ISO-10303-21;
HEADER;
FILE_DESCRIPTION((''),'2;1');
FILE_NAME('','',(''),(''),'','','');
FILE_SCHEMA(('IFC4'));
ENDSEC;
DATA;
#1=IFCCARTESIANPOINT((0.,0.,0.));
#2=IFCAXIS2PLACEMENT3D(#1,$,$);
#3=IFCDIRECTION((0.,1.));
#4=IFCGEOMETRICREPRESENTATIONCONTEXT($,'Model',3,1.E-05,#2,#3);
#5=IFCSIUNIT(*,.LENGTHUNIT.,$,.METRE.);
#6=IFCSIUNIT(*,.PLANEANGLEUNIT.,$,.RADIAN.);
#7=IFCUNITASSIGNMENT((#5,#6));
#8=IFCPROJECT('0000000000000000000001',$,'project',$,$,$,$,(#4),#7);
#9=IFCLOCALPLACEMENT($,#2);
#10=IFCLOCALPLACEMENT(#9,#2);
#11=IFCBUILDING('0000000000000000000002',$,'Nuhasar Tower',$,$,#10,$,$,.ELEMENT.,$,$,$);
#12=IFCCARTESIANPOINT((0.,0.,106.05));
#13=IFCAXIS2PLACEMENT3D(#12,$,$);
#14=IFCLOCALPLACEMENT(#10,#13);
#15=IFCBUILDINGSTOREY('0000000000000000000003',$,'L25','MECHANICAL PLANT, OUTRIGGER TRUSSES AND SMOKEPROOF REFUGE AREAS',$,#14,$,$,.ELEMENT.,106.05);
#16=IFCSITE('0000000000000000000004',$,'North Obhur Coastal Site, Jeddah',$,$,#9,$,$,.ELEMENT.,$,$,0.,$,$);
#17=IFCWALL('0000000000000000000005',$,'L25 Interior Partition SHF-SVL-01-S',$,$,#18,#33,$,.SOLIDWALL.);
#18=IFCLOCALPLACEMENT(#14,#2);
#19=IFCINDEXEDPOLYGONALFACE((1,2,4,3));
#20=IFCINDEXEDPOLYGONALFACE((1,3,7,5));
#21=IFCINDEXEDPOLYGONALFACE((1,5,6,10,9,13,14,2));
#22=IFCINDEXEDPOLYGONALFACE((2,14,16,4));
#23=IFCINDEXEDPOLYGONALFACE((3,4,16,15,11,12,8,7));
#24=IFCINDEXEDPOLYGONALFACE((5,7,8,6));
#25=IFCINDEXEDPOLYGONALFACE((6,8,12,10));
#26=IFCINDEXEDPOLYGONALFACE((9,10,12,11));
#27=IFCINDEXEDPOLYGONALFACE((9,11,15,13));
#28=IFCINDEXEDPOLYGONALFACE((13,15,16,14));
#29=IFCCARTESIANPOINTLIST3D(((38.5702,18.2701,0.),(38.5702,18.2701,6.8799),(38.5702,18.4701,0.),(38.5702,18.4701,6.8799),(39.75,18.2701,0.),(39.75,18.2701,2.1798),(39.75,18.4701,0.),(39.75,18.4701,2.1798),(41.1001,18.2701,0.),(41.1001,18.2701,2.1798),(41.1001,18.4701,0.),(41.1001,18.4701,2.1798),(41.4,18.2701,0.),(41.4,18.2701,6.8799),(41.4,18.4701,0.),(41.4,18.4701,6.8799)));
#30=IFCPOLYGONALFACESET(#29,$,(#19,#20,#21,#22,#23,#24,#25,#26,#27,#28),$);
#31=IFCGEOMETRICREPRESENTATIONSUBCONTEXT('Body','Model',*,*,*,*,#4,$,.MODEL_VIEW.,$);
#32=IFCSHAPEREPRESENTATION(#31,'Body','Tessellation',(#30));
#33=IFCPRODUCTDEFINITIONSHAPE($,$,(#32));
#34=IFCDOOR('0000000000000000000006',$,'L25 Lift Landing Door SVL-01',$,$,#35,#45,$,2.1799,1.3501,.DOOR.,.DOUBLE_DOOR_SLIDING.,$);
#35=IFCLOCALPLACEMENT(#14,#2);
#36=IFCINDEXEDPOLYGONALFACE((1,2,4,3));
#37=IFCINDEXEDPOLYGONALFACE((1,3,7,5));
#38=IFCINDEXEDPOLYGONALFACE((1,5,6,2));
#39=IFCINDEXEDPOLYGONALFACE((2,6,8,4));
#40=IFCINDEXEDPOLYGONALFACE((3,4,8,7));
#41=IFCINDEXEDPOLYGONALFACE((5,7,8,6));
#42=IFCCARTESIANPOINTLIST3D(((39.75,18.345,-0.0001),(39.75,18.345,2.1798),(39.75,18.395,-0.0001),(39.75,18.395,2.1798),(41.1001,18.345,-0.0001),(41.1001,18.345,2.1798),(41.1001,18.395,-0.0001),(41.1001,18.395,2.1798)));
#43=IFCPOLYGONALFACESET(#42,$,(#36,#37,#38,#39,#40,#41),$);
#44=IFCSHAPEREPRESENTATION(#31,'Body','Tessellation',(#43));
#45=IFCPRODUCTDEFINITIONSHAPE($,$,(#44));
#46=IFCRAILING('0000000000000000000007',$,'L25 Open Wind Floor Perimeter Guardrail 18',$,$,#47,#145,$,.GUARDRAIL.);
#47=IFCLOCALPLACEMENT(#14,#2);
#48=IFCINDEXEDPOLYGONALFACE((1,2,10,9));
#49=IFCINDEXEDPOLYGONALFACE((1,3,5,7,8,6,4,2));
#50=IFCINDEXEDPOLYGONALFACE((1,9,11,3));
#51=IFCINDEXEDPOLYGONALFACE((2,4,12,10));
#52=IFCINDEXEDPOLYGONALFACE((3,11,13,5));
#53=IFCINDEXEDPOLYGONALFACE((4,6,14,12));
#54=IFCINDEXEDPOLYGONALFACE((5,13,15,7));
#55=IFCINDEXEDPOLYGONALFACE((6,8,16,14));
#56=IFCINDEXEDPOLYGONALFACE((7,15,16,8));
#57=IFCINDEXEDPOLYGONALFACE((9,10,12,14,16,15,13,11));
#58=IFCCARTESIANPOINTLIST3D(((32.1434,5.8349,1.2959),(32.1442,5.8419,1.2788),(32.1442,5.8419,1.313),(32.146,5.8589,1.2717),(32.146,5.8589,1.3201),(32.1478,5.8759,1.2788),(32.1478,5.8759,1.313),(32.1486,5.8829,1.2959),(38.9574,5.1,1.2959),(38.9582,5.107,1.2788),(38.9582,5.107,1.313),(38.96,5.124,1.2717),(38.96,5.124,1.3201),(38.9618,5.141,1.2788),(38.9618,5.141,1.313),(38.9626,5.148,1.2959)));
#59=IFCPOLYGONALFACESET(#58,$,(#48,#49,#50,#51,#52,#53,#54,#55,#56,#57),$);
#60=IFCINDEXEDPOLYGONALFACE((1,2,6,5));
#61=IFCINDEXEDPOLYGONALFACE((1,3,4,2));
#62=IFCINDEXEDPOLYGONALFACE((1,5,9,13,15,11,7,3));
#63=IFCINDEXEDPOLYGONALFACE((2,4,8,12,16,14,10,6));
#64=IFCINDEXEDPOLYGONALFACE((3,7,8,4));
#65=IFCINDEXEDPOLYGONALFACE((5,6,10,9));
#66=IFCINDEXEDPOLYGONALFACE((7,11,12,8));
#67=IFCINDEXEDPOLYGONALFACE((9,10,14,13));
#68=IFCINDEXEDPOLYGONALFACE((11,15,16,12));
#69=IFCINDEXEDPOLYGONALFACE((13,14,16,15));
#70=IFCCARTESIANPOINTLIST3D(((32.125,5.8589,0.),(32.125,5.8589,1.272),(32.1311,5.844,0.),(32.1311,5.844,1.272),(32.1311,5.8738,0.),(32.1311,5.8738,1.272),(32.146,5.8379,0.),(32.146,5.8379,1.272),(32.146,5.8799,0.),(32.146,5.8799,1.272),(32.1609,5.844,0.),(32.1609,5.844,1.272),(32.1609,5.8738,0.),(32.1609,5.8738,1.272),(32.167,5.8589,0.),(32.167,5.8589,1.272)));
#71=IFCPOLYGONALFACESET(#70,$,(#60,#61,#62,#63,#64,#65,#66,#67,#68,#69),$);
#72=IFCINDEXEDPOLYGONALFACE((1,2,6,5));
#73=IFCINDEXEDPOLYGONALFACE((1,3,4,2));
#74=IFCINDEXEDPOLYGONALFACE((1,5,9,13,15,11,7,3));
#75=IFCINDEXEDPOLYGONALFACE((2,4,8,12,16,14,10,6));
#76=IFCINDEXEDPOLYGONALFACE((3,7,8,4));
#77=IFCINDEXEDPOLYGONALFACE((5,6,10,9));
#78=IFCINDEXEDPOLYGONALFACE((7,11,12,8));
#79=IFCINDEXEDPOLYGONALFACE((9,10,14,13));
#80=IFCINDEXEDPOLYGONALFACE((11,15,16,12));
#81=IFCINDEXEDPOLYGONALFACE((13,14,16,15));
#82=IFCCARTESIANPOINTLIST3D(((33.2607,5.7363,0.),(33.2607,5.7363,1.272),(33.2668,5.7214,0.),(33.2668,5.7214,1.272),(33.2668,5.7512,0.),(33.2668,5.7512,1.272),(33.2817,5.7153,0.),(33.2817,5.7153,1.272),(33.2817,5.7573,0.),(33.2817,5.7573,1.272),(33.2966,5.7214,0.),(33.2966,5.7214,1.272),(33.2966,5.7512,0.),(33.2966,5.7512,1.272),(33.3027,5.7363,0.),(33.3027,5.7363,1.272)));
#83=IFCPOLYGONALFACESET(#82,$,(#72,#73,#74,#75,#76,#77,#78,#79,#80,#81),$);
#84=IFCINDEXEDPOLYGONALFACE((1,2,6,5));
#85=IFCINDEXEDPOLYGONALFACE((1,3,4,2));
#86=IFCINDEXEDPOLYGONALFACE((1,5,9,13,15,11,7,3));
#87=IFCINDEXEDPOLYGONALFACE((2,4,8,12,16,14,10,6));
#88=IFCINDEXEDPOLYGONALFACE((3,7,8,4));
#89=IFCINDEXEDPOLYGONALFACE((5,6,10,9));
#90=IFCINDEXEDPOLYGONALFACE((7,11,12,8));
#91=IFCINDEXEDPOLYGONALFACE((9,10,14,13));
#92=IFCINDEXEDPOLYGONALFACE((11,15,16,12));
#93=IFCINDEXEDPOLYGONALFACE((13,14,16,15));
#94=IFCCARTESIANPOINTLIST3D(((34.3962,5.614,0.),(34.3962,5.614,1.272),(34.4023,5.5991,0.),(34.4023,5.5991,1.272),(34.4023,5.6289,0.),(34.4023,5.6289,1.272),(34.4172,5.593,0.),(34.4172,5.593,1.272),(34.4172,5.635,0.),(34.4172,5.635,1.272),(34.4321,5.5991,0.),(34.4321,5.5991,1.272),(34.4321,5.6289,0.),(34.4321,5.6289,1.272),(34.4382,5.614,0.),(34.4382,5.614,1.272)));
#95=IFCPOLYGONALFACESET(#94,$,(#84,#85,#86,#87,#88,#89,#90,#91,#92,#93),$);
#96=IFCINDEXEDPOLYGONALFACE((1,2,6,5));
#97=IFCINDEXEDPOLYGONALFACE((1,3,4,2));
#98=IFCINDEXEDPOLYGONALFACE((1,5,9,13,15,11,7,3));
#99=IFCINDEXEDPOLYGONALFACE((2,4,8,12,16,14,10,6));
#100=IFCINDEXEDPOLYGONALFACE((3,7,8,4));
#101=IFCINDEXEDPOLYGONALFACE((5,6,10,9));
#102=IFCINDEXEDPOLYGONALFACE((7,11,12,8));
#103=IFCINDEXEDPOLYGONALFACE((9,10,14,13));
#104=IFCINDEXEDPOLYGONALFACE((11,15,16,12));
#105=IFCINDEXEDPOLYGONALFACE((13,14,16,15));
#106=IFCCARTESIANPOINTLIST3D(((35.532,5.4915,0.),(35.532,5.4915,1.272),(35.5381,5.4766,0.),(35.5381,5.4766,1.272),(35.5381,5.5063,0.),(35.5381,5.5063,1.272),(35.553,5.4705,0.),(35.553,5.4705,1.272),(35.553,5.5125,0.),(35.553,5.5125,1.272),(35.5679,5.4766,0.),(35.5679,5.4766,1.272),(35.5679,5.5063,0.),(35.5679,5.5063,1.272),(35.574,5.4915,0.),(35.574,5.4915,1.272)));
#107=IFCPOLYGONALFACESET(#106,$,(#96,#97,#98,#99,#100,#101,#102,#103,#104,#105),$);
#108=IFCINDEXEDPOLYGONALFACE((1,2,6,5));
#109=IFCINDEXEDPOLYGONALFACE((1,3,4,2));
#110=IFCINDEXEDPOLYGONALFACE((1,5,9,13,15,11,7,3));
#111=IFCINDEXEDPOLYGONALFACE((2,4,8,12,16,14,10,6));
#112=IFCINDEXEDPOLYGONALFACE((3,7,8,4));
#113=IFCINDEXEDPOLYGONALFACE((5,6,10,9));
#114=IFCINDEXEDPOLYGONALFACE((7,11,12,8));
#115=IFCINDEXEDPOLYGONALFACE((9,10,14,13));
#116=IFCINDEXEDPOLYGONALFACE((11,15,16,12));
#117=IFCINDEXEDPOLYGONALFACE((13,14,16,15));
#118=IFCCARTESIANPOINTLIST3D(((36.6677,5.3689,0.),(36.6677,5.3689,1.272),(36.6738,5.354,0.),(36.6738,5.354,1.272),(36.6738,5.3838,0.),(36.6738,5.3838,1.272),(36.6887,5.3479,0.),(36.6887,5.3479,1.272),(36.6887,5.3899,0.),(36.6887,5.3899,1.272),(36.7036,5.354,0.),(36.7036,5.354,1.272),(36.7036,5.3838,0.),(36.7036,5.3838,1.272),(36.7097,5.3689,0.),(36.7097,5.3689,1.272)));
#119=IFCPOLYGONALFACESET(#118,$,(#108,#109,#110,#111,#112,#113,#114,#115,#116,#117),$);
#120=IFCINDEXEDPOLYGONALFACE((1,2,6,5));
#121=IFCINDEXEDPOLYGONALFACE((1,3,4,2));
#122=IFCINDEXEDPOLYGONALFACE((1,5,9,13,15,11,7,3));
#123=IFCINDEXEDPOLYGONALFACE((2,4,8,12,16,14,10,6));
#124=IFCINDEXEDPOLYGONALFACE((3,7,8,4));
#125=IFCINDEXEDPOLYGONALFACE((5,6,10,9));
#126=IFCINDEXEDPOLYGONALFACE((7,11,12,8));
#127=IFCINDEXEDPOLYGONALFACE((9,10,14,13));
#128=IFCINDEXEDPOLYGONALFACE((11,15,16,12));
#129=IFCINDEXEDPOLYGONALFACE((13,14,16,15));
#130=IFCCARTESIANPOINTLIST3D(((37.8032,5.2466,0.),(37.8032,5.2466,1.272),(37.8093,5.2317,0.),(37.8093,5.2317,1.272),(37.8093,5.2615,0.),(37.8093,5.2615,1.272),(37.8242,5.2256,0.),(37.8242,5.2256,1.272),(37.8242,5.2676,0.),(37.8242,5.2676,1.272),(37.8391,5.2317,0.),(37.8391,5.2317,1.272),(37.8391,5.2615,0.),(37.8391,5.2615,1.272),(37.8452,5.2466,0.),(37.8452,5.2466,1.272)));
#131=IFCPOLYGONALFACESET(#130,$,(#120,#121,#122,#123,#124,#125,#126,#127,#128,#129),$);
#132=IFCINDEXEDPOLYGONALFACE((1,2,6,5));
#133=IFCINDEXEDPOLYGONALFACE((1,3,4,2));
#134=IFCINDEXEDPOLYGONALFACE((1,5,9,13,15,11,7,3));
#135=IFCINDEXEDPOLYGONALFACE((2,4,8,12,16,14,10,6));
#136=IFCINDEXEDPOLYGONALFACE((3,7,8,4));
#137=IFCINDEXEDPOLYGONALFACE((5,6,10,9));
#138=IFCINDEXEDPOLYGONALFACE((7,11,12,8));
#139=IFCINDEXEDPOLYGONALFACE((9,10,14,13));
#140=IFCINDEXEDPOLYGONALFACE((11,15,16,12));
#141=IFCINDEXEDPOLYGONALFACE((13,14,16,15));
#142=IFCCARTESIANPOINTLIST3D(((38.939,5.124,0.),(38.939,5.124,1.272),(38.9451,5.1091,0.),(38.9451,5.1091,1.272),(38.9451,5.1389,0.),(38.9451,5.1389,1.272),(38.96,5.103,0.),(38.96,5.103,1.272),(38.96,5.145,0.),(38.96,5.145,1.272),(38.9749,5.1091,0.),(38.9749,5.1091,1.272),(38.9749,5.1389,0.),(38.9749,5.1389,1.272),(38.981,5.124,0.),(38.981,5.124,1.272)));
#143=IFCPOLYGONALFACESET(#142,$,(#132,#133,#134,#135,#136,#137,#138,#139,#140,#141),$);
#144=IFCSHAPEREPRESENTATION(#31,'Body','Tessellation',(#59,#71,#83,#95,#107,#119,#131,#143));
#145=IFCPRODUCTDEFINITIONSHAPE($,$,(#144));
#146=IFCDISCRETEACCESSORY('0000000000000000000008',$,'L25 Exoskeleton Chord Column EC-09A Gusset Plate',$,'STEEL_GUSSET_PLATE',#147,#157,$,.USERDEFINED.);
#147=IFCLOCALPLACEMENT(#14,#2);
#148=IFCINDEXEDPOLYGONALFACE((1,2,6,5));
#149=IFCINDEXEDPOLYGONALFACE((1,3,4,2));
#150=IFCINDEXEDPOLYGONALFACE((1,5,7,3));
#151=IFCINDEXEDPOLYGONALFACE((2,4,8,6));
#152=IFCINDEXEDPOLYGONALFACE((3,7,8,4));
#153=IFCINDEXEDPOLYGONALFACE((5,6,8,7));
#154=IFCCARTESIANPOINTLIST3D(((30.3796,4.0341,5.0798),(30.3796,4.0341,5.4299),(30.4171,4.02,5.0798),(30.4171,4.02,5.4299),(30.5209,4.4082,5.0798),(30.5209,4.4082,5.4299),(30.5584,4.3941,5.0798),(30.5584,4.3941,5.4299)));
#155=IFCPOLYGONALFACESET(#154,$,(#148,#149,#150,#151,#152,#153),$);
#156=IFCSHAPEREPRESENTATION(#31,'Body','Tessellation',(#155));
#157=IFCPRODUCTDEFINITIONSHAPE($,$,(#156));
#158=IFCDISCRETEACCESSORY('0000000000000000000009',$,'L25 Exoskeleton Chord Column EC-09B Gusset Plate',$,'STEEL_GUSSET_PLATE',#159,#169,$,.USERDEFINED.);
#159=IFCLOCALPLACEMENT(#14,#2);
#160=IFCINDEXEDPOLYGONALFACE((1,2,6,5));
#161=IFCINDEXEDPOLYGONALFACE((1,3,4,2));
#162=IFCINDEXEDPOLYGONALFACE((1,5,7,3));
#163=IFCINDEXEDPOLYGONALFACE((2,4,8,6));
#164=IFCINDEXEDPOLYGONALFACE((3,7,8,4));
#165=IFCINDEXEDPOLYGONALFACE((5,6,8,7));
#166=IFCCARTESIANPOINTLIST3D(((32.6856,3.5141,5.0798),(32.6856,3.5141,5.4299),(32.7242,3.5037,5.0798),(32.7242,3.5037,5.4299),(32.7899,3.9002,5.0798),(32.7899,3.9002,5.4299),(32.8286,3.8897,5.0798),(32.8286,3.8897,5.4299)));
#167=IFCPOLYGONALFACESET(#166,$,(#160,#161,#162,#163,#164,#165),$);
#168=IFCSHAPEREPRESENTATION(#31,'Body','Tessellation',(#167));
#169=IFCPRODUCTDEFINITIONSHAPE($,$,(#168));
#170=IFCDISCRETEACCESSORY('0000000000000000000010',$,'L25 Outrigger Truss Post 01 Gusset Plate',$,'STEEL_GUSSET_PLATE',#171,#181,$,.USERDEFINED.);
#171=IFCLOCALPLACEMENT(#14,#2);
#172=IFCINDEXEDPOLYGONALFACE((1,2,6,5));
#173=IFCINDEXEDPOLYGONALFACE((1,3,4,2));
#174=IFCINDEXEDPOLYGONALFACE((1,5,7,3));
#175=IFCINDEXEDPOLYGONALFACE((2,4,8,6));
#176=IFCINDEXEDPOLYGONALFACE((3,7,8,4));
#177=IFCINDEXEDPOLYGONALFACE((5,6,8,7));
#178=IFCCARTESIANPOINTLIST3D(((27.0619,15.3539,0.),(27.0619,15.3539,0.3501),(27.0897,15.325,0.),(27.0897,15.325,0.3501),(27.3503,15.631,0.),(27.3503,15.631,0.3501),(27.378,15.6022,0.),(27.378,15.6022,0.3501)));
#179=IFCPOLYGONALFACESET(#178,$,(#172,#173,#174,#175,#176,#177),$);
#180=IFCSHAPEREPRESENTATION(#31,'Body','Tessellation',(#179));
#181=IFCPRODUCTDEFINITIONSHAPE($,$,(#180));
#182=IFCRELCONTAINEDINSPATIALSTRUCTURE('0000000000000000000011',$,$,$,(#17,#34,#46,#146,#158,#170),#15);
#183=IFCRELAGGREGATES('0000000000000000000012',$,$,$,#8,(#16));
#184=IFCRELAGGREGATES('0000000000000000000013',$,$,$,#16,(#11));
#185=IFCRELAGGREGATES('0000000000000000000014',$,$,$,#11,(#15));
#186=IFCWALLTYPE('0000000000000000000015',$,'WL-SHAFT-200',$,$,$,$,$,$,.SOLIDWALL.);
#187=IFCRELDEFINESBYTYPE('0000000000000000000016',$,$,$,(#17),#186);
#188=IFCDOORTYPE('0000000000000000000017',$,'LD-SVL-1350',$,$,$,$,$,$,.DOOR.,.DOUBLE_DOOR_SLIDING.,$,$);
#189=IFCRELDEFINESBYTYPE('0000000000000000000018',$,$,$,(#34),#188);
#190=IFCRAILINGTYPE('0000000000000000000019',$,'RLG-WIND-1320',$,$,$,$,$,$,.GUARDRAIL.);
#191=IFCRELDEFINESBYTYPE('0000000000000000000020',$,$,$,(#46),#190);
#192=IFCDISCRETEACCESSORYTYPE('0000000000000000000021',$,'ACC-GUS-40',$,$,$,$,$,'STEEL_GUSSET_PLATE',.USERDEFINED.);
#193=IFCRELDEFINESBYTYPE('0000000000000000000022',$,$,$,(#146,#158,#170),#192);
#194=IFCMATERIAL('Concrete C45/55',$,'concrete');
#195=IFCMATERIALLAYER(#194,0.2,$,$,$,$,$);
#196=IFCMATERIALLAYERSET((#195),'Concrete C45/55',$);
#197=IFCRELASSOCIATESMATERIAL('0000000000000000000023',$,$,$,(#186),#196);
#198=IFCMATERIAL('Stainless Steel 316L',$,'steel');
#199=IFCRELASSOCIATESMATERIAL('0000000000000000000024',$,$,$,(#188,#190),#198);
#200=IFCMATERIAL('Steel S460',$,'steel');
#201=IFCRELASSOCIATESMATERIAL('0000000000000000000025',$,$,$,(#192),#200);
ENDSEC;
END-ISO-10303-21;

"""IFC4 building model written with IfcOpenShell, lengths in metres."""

from ifc_helpers import new_model, si_unit, direction, frame, frame_2d, origin, origin_2d, place, context, subcontext, project, spatial, polyline, rectangle, outline, extrude, material, layer, layer_set, type_object, element, fill, save


model = new_model("IFC4")

# Units and contexts
model_context = context("Model", 3, precision=1e-05, world=origin(), true_north=direction((0.0, 1.0)))
body_context = subcontext(model_context, "Body", "Model", "MODEL_VIEW")
ifc_project = project(units=[si_unit("LENGTHUNIT", "METRE"), si_unit("PLANEANGLEUNIT", "RADIAN")], contexts=[model_context])

# Site, building, storey
site_placement = place(None, origin())
site = spatial("IfcSite", under=ifc_project, at=site_placement, Name="North Obhur Coastal Site, Jeddah", CompositionType="ELEMENT", RefElevation=0.0)
building_placement = place(site_placement, origin())
building = spatial("IfcBuilding", under=site, at=building_placement, Name="Nuhasar Tower", CompositionType="ELEMENT")
storey_placement = place(building_placement, frame((0.0, 0.0, 106.05)))
storey = spatial("IfcBuildingStorey", under=building, at=storey_placement, Name="L25", Description="MECHANICAL PLANT, OUTRIGGER TRUSSES AND SMOKEPROOF REFUGE AREAS", CompositionType="ELEMENT", Elevation=106.05)

# Shared definitions
ifc_material_1 = material(Name="Steel S460", Category="steel")

# Shared definitions
ifc_material_2 = material(Name="Concrete C45/55", Category="concrete")

# Shared definitions
ifc_layer_1 = layer(ifc_material_2, 0.2)
ifc_layer_set_1 = layer_set([ifc_layer_1], Name="Concrete C45/55")
wall_type_1 = type_object("IfcWallType", Name="WL-SHAFT-200", PredefinedType="SOLIDWALL", material=ifc_layer_set_1)
ifc_material_3 = material(Name="Stainless Steel 316L", Category="steel")

# Wall, opening, door
wall_1_placement = place(storey_placement, frame((38.5701, 18.3701, 0.0), z_axis=(0.0, 0.0, 1.0), x_axis=(1.0, 0.0, 0.0)))
wall_1 = element("IfcWall", 1, at=wall_1_placement, inside=storey, type_object=wall_type_1, Name="L25 Interior Partition SHF-SVL-01-S", PredefinedType="SOLIDWALL", context=body_context, shape_type="SweptSolid", body=[
    extrude(rectangle(XDim=2.8298, YDim=0.2, at=frame_2d((1.415, 0.0))), origin(), (0.0, 0.0, 1.0), 6.8799),
])
opening_1_placement = place(wall_1_placement, frame((1.1799, 0.0, 0.0)))
opening_1 = element("IfcOpeningElement", 2, at=opening_1_placement, cuts=wall_1, PredefinedType="OPENING", context=body_context, shape_type="SweptSolid", body=[
    extrude(rectangle(XDim=1.3501, YDim=2.1799, at=frame_2d((0.675, 1.0898))), frame((0.0, 0.1099, 0.0), z_axis=(0.0, -1.0, 0.0), x_axis=(1.0, 0.0, 0.0)), (0.0, 0.0, 1.0), 0.22),
])
door_type_1 = type_object("IfcDoorType", Name="LD-SVL-1350", OperationType="DOUBLE_DOOR_SLIDING", PredefinedType="DOOR", material=ifc_material_3)
door_1_placement = place(opening_1_placement, origin())
door_1 = element("IfcDoor", 3, at=door_1_placement, inside=storey, type_object=door_type_1, Name="L25 Lift Landing Door SVL-01", OperationType="DOUBLE_DOOR_SLIDING", OverallHeight=2.1799, OverallWidth=1.3501, PredefinedType="DOOR", context=body_context, shape_type="SweptSolid", body=[
    extrude(rectangle(XDim=1.3501, YDim=2.1799, at=frame_2d((0.675, 1.0898))), frame((0.0, 0.0249, 0.0), z_axis=(0.0, -1.0, 0.0), x_axis=(1.0, 0.0, 0.0)), (0.0, 0.0, 1.0), 0.05),
])
fill(opening_1, door_1)

# Railing
railing_type = type_object("IfcRailingType", Name="RLG-WIND-1320", PredefinedType="GUARDRAIL", material=ifc_material_3)
railing_placement = place(storey_placement, frame((32.146, 5.8589, 0.0)))
element("IfcRailing", 4, at=railing_placement, inside=storey, type_object=railing_type, Name="L25 Open Wind Floor Perimeter Guardrail 18", PredefinedType="GUARDRAIL", context=body_context, shape_type="SweptSolid", body=[
    extrude(outline(polyline([(0.0242, 0.0), (0.0171, 0.0171), (0.0, 0.0242), (-0.0171, 0.0171), (-0.0242, 0.0), (-0.0171, -0.0171), (0.0, -0.0242), (0.0171, -0.0171), (0.0242, 0.0)])), frame((0.0, 0.0, 1.2959), z_axis=(0.994235, -0.107225, 0.0), x_axis=(0.107225, 0.994235, 0.0)), (0.0, 0.0, 1.0), 6.8535),
    extrude(outline(polyline([(0.021, 0.0), (0.0149, 0.0149), (0.0, 0.021), (-0.0149, 0.0149), (-0.021, 0.0), (-0.0149, -0.0149), (0.0, -0.021), (0.0149, -0.0149), (0.021, 0.0)])), origin(), (0.0, 0.0, 1.0), 1.272),
    extrude(outline(polyline([(0.021, 0.0), (0.0149, 0.0149), (0.0, 0.021), (-0.0149, 0.0149), (-0.021, 0.0), (-0.0149, -0.0149), (0.0, -0.021), (0.0149, -0.0149), (0.021, 0.0)])), frame((1.1357, -0.1226, 0.0)), (0.0, 0.0, 1.0), 1.272),
    extrude(outline(polyline([(0.021, 0.0), (0.0149, 0.0149), (0.0, 0.021), (-0.0149, 0.0149), (-0.021, 0.0), (-0.0149, -0.0149), (0.0, -0.021), (0.0149, -0.0149), (0.021, 0.0)])), frame((2.2712, -0.2449, 0.0)), (0.0, 0.0, 1.0), 1.272),
    extrude(outline(polyline([(0.021, 0.0), (0.0149, 0.0149), (0.0, 0.021), (-0.0149, 0.0149), (-0.021, 0.0), (-0.0149, -0.0149), (0.0, -0.021), (0.0149, -0.0149), (0.021, 0.0)])), frame((3.407, -0.3674, 0.0)), (0.0, 0.0, 1.0), 1.272),
    extrude(outline(polyline([(0.021, 0.0), (0.0149, 0.0149), (0.0, 0.021), (-0.0149, 0.0149), (-0.021, 0.0), (-0.0149, -0.0149), (0.0, -0.021), (0.0149, -0.0149), (0.021, 0.0)])), frame((4.5427, -0.49, 0.0)), (0.0, 0.0, 1.0), 1.272),
    extrude(outline(polyline([(0.021, 0.0), (0.0149, 0.0149), (0.0, 0.021), (-0.0149, 0.0149), (-0.021, 0.0), (-0.0149, -0.0149), (0.0, -0.021), (0.0149, -0.0149), (0.021, 0.0)])), frame((5.6782, -0.6123, 0.0)), (0.0, 0.0, 1.0), 1.272),
    extrude(outline(polyline([(0.021, 0.0), (0.0149, 0.0149), (0.0, 0.021), (-0.0149, 0.0149), (-0.021, 0.0), (-0.0149, -0.0149), (0.0, -0.021), (0.0149, -0.0149), (0.021, 0.0)])), frame((6.814, -0.7349, 0.0)), (0.0, 0.0, 1.0), 1.272),
])

# Discrete accessories
discrete_accessory_type = type_object("IfcDiscreteAccessoryType", Name="ACC-GUS-40", ElementType="STEEL_GUSSET_PLATE", PredefinedType="USERDEFINED", material=ifc_material_1)
for number, where, z_axis, x_axis, name in (
    (5, (30.469, 4.2141, 5.0798), (0.0, 0.0, 1.0), (-0.353344, -0.935493, 0.0), "L25 Exoskeleton Chord Column EC-09A Gusset Plate"),
    (6, (32.7571, 3.7019, 5.0798), (0.0, 0.0, 1.0), (-0.260909, -0.965363, 0.0), "L25 Exoskeleton Chord Column EC-09B Gusset Plate"),
    (7, (27.22, 15.478, 0.0), (0.0, 0.0, 1.0), (-0.720975, -0.692962, 0.0), "L25 Outrigger Truss Post 01 Gusset Plate"),
):
    element("IfcDiscreteAccessory", number, at=place(storey_placement, frame(where, z_axis=z_axis, x_axis=x_axis)), inside=storey, type_object=discrete_accessory_type, Name=name, ObjectType="STEEL_GUSSET_PLATE", PredefinedType="USERDEFINED", context=body_context, shape_type="SweptSolid", body=[
        extrude(rectangle(XDim=0.3999, YDim=0.04, at=origin_2d()), origin(), (0.0, 0.0, 1.0), 0.3501),
    ])

save(model, "model.ifc")
